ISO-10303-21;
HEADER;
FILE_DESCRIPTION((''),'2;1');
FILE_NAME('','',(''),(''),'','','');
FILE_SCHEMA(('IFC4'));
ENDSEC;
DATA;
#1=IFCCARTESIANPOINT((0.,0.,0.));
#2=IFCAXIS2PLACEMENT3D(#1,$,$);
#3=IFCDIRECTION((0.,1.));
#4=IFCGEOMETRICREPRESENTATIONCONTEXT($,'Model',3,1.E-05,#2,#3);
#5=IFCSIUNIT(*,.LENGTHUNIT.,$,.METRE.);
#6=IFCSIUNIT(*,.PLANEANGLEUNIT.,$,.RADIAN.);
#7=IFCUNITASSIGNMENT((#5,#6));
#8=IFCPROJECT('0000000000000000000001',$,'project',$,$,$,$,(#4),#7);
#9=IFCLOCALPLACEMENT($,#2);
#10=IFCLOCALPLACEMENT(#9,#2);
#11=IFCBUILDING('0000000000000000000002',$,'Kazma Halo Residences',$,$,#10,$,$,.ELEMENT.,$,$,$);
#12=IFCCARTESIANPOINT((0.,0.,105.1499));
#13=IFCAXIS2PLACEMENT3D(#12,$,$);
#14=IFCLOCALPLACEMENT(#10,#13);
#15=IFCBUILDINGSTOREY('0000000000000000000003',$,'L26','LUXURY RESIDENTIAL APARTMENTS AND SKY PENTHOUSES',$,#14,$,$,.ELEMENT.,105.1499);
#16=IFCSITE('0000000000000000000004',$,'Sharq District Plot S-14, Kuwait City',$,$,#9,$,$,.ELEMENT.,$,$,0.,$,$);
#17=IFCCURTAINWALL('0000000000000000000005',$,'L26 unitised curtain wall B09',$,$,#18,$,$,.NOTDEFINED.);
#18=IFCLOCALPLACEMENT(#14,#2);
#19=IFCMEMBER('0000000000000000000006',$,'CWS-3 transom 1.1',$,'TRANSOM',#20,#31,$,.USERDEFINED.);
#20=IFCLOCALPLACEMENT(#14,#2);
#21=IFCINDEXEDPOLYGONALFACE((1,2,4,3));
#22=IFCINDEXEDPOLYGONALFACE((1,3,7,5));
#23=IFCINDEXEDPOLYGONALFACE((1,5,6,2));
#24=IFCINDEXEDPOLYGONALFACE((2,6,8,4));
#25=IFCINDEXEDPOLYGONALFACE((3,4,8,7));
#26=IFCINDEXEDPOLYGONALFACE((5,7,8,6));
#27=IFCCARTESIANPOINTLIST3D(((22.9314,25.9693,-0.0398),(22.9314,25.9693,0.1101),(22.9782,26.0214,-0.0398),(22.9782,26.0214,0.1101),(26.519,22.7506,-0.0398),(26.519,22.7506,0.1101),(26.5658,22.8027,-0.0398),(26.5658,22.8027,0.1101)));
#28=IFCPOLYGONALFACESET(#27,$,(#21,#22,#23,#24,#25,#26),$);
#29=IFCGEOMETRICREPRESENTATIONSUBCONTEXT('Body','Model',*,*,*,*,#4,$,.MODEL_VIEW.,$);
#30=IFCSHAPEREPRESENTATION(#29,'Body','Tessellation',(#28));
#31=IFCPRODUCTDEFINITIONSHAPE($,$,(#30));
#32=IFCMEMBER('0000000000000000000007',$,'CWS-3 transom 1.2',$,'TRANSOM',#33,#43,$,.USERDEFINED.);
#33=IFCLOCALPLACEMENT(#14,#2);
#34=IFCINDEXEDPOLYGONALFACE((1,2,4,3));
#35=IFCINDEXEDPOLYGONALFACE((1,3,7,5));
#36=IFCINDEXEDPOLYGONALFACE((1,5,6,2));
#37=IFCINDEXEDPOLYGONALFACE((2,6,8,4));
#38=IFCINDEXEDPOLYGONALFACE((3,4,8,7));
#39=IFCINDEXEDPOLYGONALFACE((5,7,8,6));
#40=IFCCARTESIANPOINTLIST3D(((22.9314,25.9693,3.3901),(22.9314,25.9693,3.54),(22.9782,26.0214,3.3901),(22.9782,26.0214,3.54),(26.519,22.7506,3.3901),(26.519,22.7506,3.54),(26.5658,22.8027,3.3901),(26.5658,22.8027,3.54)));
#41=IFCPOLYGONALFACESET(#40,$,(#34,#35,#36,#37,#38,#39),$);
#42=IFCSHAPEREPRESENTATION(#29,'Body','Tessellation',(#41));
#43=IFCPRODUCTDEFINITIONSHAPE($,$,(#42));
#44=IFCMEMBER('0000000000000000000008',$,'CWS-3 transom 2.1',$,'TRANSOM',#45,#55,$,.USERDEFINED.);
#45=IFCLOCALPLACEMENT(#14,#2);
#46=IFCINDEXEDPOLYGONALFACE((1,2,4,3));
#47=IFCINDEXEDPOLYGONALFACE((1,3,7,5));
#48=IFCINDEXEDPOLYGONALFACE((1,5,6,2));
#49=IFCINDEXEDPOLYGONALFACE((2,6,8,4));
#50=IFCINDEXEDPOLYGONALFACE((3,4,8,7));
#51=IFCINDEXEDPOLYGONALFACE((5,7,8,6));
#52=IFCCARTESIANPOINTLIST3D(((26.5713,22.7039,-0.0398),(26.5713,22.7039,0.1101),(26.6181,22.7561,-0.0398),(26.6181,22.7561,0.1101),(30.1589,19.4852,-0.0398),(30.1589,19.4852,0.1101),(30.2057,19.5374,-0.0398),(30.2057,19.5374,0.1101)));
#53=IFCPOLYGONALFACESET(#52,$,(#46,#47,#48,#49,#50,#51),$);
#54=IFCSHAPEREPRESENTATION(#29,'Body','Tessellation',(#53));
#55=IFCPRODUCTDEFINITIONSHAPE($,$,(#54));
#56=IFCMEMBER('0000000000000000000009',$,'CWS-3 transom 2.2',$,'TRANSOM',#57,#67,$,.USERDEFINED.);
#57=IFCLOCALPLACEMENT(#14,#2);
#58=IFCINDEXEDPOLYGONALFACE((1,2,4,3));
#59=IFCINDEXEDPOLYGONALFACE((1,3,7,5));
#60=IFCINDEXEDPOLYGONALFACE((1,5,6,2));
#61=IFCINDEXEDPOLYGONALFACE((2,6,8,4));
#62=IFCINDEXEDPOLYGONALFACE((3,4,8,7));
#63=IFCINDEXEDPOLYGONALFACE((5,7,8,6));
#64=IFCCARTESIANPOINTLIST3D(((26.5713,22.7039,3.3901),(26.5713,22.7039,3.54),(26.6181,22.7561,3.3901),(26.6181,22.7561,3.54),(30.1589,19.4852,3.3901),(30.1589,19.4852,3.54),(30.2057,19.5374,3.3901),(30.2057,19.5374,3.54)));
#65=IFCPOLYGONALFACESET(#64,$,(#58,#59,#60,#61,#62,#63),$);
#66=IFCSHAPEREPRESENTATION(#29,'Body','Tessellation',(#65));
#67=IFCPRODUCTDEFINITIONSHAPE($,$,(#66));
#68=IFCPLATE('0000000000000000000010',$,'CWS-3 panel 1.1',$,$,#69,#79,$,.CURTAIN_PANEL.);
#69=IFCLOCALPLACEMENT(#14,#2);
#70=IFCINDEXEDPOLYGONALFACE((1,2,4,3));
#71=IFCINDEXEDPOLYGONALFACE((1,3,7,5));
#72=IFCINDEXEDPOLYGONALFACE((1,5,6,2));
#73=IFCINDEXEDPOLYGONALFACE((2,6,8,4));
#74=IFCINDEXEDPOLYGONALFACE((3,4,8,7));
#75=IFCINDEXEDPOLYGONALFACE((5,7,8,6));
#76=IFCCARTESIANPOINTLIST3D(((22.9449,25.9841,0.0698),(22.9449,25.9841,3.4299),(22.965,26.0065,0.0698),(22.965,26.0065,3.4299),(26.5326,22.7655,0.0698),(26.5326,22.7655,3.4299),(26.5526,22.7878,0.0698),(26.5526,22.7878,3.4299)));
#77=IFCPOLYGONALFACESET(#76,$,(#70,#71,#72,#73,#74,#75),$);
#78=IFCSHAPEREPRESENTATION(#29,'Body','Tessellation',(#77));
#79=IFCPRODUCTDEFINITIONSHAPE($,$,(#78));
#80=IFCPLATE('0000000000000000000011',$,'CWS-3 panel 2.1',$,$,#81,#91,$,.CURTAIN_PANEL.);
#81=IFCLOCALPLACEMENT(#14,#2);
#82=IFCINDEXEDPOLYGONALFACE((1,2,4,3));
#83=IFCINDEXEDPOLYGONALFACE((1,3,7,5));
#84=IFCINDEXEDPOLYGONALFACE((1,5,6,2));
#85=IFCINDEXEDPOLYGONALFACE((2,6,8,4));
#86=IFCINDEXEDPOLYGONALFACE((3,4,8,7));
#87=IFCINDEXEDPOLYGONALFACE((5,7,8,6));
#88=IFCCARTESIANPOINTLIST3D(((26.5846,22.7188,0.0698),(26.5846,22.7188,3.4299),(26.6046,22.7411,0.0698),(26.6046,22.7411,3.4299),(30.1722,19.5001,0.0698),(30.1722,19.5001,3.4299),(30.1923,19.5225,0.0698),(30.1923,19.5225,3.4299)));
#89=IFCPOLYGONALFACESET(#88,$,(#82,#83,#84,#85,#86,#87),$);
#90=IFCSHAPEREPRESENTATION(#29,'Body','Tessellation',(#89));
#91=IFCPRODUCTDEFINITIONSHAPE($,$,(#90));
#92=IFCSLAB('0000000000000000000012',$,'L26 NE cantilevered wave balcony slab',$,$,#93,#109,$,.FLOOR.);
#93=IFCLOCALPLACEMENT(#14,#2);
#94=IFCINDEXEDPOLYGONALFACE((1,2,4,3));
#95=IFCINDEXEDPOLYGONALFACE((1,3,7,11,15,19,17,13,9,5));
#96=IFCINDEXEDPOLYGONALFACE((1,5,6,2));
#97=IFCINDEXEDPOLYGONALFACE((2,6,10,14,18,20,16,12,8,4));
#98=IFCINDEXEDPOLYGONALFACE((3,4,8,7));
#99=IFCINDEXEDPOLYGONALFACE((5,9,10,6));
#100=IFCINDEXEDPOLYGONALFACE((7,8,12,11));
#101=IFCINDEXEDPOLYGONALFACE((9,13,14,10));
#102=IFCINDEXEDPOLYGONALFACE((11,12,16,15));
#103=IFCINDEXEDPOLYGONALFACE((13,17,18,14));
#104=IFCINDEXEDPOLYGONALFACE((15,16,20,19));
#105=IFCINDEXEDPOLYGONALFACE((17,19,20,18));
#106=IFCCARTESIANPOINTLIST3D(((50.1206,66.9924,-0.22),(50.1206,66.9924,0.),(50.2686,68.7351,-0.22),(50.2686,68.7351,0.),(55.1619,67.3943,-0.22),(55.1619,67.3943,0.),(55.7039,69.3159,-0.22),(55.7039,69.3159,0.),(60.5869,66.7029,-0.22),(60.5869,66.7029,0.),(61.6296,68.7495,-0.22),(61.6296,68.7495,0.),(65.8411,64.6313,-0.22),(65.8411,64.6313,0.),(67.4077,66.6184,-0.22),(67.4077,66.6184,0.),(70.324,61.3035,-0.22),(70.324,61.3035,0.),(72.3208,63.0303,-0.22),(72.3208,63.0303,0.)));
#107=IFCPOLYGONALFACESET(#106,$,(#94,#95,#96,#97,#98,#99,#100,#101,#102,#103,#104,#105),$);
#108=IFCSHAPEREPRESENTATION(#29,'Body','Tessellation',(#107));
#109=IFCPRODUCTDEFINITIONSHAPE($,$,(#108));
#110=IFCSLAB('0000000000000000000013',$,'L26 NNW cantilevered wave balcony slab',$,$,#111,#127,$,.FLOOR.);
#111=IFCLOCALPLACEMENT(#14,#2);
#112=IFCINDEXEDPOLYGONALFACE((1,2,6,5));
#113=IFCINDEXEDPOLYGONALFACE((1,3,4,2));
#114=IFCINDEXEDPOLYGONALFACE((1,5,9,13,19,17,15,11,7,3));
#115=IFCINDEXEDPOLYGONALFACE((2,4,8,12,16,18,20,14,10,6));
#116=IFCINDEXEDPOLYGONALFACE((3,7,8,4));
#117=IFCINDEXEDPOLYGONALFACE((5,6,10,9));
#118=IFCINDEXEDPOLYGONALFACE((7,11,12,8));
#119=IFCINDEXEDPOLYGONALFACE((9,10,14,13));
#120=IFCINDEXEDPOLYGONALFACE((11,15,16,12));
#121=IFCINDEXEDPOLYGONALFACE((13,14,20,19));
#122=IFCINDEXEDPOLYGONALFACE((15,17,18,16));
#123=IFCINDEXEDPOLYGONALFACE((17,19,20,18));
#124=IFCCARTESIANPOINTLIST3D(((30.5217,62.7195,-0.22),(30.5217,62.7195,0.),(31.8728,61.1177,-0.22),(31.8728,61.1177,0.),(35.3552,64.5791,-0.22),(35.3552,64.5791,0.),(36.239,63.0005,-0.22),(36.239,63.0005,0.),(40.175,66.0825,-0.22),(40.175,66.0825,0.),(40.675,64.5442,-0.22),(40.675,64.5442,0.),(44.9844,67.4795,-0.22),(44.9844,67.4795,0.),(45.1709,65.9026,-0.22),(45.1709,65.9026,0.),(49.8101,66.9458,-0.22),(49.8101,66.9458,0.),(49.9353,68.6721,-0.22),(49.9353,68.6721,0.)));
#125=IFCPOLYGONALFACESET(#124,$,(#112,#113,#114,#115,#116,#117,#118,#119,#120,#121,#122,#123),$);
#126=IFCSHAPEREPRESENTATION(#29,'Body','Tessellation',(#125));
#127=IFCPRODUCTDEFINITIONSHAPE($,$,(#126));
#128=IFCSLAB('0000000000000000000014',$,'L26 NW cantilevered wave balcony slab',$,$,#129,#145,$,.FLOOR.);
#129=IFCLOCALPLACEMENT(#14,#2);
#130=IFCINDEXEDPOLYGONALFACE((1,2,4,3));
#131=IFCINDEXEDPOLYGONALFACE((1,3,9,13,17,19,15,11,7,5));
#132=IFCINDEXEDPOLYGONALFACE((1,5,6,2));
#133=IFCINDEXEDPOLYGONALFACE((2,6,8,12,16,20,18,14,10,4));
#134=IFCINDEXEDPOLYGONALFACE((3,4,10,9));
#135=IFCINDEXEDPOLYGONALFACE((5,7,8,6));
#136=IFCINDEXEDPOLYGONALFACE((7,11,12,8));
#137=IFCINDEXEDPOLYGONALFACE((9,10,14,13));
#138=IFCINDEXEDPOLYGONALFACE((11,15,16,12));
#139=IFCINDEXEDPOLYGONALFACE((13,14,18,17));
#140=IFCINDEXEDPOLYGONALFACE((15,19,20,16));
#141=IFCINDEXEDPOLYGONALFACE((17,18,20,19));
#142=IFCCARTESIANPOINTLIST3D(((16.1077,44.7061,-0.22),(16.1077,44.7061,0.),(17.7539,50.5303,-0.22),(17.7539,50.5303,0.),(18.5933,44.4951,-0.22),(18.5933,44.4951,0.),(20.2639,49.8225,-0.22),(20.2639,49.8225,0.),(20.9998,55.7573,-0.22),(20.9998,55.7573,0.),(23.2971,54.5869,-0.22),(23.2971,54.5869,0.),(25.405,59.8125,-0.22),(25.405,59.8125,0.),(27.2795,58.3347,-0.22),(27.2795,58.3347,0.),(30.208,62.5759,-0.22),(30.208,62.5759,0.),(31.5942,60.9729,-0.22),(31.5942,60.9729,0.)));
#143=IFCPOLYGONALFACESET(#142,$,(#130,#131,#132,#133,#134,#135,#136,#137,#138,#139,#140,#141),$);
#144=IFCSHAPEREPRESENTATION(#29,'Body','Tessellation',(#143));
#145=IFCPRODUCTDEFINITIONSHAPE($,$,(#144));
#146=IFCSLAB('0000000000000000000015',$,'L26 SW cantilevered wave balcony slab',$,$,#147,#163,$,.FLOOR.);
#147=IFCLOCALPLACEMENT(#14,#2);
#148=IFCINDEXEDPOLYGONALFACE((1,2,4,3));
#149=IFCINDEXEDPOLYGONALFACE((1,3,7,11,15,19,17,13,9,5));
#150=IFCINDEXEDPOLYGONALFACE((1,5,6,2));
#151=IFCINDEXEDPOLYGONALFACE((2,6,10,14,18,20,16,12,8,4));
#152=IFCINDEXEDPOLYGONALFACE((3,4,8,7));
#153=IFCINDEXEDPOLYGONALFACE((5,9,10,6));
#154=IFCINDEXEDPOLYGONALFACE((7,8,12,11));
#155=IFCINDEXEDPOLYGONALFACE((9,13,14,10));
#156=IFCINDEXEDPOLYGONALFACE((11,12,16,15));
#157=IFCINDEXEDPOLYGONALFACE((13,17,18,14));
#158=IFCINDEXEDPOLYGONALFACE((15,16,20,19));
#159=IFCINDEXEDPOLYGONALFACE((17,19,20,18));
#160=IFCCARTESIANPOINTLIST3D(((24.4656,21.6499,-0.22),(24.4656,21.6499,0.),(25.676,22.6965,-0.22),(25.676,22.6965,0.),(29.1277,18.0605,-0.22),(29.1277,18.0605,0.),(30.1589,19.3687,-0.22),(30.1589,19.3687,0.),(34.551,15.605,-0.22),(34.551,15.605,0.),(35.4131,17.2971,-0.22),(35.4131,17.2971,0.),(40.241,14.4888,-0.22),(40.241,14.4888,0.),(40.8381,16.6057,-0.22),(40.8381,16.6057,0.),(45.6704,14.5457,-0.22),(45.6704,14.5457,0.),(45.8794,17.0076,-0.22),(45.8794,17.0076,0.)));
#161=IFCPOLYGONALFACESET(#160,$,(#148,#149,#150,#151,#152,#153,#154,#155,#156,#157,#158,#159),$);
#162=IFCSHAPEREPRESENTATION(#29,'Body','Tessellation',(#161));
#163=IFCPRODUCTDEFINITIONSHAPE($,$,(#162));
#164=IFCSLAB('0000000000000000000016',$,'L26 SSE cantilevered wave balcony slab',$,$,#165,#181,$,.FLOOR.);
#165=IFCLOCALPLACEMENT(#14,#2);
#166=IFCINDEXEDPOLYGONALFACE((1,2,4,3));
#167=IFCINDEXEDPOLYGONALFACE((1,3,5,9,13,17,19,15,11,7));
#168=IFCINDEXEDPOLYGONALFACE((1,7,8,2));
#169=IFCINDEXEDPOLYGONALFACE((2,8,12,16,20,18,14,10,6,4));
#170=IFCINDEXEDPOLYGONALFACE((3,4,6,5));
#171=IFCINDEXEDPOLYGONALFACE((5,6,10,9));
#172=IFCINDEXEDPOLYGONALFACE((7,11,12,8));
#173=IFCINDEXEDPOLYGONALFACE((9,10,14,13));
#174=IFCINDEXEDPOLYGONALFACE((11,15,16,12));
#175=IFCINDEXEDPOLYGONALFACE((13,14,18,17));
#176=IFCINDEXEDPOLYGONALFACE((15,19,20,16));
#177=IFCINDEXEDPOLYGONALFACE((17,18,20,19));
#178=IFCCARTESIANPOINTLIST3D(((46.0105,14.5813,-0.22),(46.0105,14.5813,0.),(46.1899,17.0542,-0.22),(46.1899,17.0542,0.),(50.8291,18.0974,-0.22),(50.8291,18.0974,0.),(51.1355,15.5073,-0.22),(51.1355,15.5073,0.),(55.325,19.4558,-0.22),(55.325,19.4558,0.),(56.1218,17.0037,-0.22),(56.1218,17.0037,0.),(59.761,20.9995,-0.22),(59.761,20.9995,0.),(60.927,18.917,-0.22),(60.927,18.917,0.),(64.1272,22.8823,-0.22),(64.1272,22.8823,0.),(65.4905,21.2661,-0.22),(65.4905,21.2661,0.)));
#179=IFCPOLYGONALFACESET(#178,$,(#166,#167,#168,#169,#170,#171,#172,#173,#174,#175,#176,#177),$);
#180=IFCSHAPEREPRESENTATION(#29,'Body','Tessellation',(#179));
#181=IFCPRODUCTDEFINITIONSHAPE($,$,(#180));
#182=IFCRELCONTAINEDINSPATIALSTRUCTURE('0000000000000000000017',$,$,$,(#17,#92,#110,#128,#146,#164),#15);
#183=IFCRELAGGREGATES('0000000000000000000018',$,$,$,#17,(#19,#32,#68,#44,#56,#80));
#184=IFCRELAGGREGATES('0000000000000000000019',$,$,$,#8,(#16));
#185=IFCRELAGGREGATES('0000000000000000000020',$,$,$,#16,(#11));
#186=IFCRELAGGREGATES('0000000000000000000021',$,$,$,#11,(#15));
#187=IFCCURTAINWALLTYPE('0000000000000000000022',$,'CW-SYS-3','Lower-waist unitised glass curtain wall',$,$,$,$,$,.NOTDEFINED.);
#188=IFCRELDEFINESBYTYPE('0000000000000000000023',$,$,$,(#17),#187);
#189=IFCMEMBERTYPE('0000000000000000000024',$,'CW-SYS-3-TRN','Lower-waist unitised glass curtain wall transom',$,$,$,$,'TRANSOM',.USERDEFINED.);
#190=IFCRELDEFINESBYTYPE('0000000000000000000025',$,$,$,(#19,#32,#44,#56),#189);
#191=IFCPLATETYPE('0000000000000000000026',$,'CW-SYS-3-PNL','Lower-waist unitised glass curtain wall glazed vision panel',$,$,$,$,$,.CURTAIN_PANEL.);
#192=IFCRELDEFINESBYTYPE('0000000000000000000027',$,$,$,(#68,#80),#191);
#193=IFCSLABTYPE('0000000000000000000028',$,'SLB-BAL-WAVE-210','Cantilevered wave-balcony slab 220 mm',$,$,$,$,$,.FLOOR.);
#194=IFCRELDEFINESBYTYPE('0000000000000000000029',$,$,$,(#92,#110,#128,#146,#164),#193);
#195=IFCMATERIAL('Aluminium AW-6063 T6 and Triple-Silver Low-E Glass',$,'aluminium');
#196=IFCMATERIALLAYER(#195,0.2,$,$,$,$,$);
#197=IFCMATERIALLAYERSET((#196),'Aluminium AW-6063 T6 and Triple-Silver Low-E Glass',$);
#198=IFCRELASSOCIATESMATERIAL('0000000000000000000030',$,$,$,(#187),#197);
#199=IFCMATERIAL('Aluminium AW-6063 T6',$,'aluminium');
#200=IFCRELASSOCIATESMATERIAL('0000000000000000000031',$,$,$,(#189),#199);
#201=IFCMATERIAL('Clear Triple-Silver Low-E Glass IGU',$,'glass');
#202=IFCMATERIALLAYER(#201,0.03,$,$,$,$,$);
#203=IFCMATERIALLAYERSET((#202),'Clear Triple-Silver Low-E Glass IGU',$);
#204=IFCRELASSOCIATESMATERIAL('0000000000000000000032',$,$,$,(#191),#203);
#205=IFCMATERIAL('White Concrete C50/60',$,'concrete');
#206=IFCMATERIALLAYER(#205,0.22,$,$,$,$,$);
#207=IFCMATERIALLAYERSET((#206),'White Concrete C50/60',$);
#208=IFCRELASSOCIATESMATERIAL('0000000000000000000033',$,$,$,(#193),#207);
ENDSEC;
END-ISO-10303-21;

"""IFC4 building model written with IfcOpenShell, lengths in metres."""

from ifc_helpers import new_model, si_unit, direction, frame, origin, origin_2d, place, context, subcontext, project, spatial, polyline, rectangle, outline, extrude, material, layer, layer_set, material_profile, profile_set, type_object, element, aggregate, save


model = new_model("IFC4")

# Units and contexts
model_context = context("Model", 3, precision=1e-05, world=origin(), true_north=direction((0.0, 1.0)))
body_context = subcontext(model_context, "Body", "Model", "MODEL_VIEW")
ifc_project = project(units=[si_unit("LENGTHUNIT", "METRE"), si_unit("PLANEANGLEUNIT", "RADIAN")], contexts=[model_context])

# Site, building, storey
site_placement = place(None, origin())
site = spatial("IfcSite", under=ifc_project, at=site_placement, Name="Sharq District Plot S-14, Kuwait City", CompositionType="ELEMENT", RefElevation=0.0)
building_placement = place(site_placement, origin())
building = spatial("IfcBuilding", under=site, at=building_placement, Name="Kazma Halo Residences", CompositionType="ELEMENT")
storey_placement = place(building_placement, frame((0.0, 0.0, 105.1499)))
storey = spatial("IfcBuildingStorey", under=building, at=storey_placement, Name="L26", Description="LUXURY RESIDENTIAL APARTMENTS AND SKY PENTHOUSES", CompositionType="ELEMENT", Elevation=105.1499)

# Curtain wall, members, plates
ifc_material_1 = material(Name="Aluminium AW-6063 T6 and Triple-Silver Low-E Glass", Category="aluminium")
ifc_layer_1 = layer(ifc_material_1, 0.2)
ifc_layer_set_1 = layer_set([ifc_layer_1], Name="Aluminium AW-6063 T6 and Triple-Silver Low-E Glass")
curtain_wall_type = type_object("IfcCurtainWallType", Name="CW-SYS-3", Description="Lower-waist unitised glass curtain wall", PredefinedType="NOTDEFINED", material=ifc_layer_set_1)
curtain_wall_placement = place(storey_placement, origin())
curtain_wall = element("IfcCurtainWall", 1, at=curtain_wall_placement, inside=storey, type_object=curtain_wall_type, Name="L26 unitised curtain wall B09", PredefinedType="NOTDEFINED")
ifc_material_2 = material(Name="Aluminium AW-6063 T6", Category="aluminium")
ifc_material_profile_1 = material_profile(ifc_material_2, rectangle(XDim=0.0701, YDim=0.1499, at=origin_2d()), Name="CWT-70x150")
ifc_profile_set_1 = profile_set([ifc_material_profile_1], Name="Aluminium AW-6063 T6")
member_type_1 = type_object("IfcMemberType", Name="CW-SYS-3-TRN", Description="Lower-waist unitised glass curtain wall transom", ElementType="TRANSOM", PredefinedType="USERDEFINED", material=ifc_profile_set_1)
member_1_placement = place(storey_placement, frame((22.9548, 25.9954, 0.0352), z_axis=(0.744338, -0.667803, 0.0), x_axis=(0.667803, 0.744338, 0.0)))
member_1 = element("IfcMember", 2, at=member_1_placement, type_object=member_type_1, Name="CWS-3 transom 1.1", ObjectType="TRANSOM", PredefinedType="USERDEFINED", context=body_context, shape_type="SweptSolid", body=[
    extrude(rectangle(XDim=0.0701, YDim=0.1499, at=origin_2d()), origin(), (0.0, 0.0, 1.0), 4.8198),
])
member_2_placement = place(storey_placement, frame((22.9548, 25.9954, 3.4651), z_axis=(0.744338, -0.667803, 0.0), x_axis=(0.667803, 0.744338, 0.0)))
member_2 = element("IfcMember", 3, at=member_2_placement, type_object=member_type_1, Name="CWS-3 transom 1.2", ObjectType="TRANSOM", PredefinedType="USERDEFINED", context=body_context, shape_type="SweptSolid", body=[
    extrude(rectangle(XDim=0.0701, YDim=0.1499, at=origin_2d()), origin(), (0.0, 0.0, 1.0), 4.8198),
])
member_3_placement = place(storey_placement, frame((26.5947, 22.73, 0.0352), z_axis=(0.744338, -0.667803, 0.0), x_axis=(0.667803, 0.744338, 0.0)))
member_3 = element("IfcMember", 4, at=member_3_placement, type_object=member_type_1, Name="CWS-3 transom 2.1", ObjectType="TRANSOM", PredefinedType="USERDEFINED", context=body_context, shape_type="SweptSolid", body=[
    extrude(rectangle(XDim=0.0701, YDim=0.1499, at=origin_2d()), origin(), (0.0, 0.0, 1.0), 4.8198),
])
member_4_placement = place(storey_placement, frame((26.5947, 22.73, 3.4651), z_axis=(0.744338, -0.667803, 0.0), x_axis=(0.667803, 0.744338, 0.0)))
member_4 = element("IfcMember", 5, at=member_4_placement, type_object=member_type_1, Name="CWS-3 transom 2.2", ObjectType="TRANSOM", PredefinedType="USERDEFINED", context=body_context, shape_type="SweptSolid", body=[
    extrude(rectangle(XDim=0.0701, YDim=0.1499, at=origin_2d()), origin(), (0.0, 0.0, 1.0), 4.8198),
])
ifc_material_3 = material(Name="Clear Triple-Silver Low-E Glass IGU", Category="glass")
ifc_layer_2 = layer(ifc_material_3, 0.03)
ifc_layer_set_2 = layer_set([ifc_layer_2], Name="Clear Triple-Silver Low-E Glass IGU")
plate_type = type_object("IfcPlateType", Name="CW-SYS-3-PNL", Description="Lower-waist unitised glass curtain wall glazed vision panel", PredefinedType="CURTAIN_PANEL", material=ifc_layer_set_2)
plate_1_placement = place(storey_placement, frame((24.7488, 24.386, 0.0698), z_axis=(0.0, 0.0, 1.0), x_axis=(0.744345, -0.667795, 0.0)))
plate_1 = element("IfcPlate", 6, at=plate_1_placement, type_object=plate_type, Name="CWS-3 panel 1.1", PredefinedType="CURTAIN_PANEL", context=body_context, shape_type="SweptSolid", body=[
    extrude(rectangle(XDim=4.8198, YDim=0.03, at=origin_2d()), origin(), (0.0, 0.0, 1.0), 3.3601),
])
plate_2_placement = place(storey_placement, frame((28.3884, 21.1206, 0.0698), z_axis=(0.0, 0.0, 1.0), x_axis=(0.744345, -0.667795, 0.0)))
plate_2 = element("IfcPlate", 7, at=plate_2_placement, type_object=plate_type, Name="CWS-3 panel 2.1", PredefinedType="CURTAIN_PANEL", context=body_context, shape_type="SweptSolid", body=[
    extrude(rectangle(XDim=4.8198, YDim=0.03, at=origin_2d()), origin(), (0.0, 0.0, 1.0), 3.3601),
])
aggregate(curtain_wall, [member_1, member_2, plate_1, member_3, member_4, plate_2])

# Slabs
ifc_material_4 = material(Name="White Concrete C50/60", Category="concrete")
ifc_layer_3 = layer(ifc_material_4, 0.22)
ifc_layer_set_3 = layer_set([ifc_layer_3], Name="White Concrete C50/60")
slab_type_1 = type_object("IfcSlabType", Name="SLB-BAL-WAVE-210", Description="Cantilevered wave-balcony slab 220 mm", PredefinedType="FLOOR", material=ifc_layer_set_3)
slab_1_placement = place(storey_placement, frame((0.0, 0.0, -0.22)))
element("IfcSlab", 8, at=slab_1_placement, inside=storey, type_object=slab_type_1, Name="L26 NE cantilevered wave balcony slab", PredefinedType="FLOOR", context=body_context, shape_type="SweptSolid", body=[
    extrude(outline(polyline([(70.324, 61.3035), (65.8411, 64.6313), (60.5869, 66.7029), (55.1619, 67.3943), (50.1206, 66.9924), (50.2686, 68.7351), (55.7039, 69.3159), (61.6296, 68.7495), (67.4077, 66.6184), (72.3208, 63.0303), (70.324, 61.3035)])), origin(), (0.0, 0.0, 1.0), 0.22),
])
slab_2_placement = place(storey_placement, frame((0.0, 0.0, -0.22)))
element("IfcSlab", 9, at=slab_2_placement, inside=storey, type_object=slab_type_1, Name="L26 NNW cantilevered wave balcony slab", PredefinedType="FLOOR", context=body_context, shape_type="SweptSolid", body=[
    extrude(outline(polyline([(49.8101, 66.9458), (45.1709, 65.9026), (40.675, 64.5442), (36.239, 63.0005), (31.8728, 61.1177), (30.5217, 62.7195), (35.3552, 64.5791), (40.175, 66.0825), (44.9844, 67.4795), (49.9353, 68.6721), (49.8101, 66.9458)])), origin(), (0.0, 0.0, 1.0), 0.22),
])
slab_3_placement = place(storey_placement, frame((0.0, 0.0, -0.22)))
element("IfcSlab", 10, at=slab_3_placement, inside=storey, type_object=slab_type_1, Name="L26 NW cantilevered wave balcony slab", PredefinedType="FLOOR", context=body_context, shape_type="SweptSolid", body=[
    extrude(outline(polyline([(31.5942, 60.9729), (27.2795, 58.3347), (23.2971, 54.5869), (20.2639, 49.8225), (18.5933, 44.4951), (16.1077, 44.7061), (17.7539, 50.5303), (20.9998, 55.7573), (25.405, 59.8125), (30.208, 62.5759), (31.5942, 60.9729)])), origin(), (0.0, 0.0, 1.0), 0.22),
])
slab_4_placement = place(storey_placement, frame((0.0, 0.0, -0.22)))
element("IfcSlab", 11, at=slab_4_placement, inside=storey, type_object=slab_type_1, Name="L26 SW cantilevered wave balcony slab", PredefinedType="FLOOR", context=body_context, shape_type="SweptSolid", body=[
    extrude(outline(polyline([(25.676, 22.6965), (30.1589, 19.3687), (35.4131, 17.2971), (40.8381, 16.6057), (45.8794, 17.0076), (45.6704, 14.5457), (40.241, 14.4888), (34.551, 15.605), (29.1277, 18.0605), (24.4656, 21.6499), (25.676, 22.6965)])), origin(), (0.0, 0.0, 1.0), 0.22),
])
slab_5_placement = place(storey_placement, frame((0.0, 0.0, -0.22)))
element("IfcSlab", 12, at=slab_5_placement, inside=storey, type_object=slab_type_1, Name="L26 SSE cantilevered wave balcony slab", PredefinedType="FLOOR", context=body_context, shape_type="SweptSolid", body=[
    extrude(outline(polyline([(46.1899, 17.0542), (50.8291, 18.0974), (55.325, 19.4558), (59.761, 20.9995), (64.1272, 22.8823), (65.4905, 21.2661), (60.927, 18.917), (56.1218, 17.0037), (51.1355, 15.5073), (46.0105, 14.5813), (46.1899, 17.0542)])), origin(), (0.0, 0.0, 1.0), 0.22),
])

save(model, "model.ifc")
